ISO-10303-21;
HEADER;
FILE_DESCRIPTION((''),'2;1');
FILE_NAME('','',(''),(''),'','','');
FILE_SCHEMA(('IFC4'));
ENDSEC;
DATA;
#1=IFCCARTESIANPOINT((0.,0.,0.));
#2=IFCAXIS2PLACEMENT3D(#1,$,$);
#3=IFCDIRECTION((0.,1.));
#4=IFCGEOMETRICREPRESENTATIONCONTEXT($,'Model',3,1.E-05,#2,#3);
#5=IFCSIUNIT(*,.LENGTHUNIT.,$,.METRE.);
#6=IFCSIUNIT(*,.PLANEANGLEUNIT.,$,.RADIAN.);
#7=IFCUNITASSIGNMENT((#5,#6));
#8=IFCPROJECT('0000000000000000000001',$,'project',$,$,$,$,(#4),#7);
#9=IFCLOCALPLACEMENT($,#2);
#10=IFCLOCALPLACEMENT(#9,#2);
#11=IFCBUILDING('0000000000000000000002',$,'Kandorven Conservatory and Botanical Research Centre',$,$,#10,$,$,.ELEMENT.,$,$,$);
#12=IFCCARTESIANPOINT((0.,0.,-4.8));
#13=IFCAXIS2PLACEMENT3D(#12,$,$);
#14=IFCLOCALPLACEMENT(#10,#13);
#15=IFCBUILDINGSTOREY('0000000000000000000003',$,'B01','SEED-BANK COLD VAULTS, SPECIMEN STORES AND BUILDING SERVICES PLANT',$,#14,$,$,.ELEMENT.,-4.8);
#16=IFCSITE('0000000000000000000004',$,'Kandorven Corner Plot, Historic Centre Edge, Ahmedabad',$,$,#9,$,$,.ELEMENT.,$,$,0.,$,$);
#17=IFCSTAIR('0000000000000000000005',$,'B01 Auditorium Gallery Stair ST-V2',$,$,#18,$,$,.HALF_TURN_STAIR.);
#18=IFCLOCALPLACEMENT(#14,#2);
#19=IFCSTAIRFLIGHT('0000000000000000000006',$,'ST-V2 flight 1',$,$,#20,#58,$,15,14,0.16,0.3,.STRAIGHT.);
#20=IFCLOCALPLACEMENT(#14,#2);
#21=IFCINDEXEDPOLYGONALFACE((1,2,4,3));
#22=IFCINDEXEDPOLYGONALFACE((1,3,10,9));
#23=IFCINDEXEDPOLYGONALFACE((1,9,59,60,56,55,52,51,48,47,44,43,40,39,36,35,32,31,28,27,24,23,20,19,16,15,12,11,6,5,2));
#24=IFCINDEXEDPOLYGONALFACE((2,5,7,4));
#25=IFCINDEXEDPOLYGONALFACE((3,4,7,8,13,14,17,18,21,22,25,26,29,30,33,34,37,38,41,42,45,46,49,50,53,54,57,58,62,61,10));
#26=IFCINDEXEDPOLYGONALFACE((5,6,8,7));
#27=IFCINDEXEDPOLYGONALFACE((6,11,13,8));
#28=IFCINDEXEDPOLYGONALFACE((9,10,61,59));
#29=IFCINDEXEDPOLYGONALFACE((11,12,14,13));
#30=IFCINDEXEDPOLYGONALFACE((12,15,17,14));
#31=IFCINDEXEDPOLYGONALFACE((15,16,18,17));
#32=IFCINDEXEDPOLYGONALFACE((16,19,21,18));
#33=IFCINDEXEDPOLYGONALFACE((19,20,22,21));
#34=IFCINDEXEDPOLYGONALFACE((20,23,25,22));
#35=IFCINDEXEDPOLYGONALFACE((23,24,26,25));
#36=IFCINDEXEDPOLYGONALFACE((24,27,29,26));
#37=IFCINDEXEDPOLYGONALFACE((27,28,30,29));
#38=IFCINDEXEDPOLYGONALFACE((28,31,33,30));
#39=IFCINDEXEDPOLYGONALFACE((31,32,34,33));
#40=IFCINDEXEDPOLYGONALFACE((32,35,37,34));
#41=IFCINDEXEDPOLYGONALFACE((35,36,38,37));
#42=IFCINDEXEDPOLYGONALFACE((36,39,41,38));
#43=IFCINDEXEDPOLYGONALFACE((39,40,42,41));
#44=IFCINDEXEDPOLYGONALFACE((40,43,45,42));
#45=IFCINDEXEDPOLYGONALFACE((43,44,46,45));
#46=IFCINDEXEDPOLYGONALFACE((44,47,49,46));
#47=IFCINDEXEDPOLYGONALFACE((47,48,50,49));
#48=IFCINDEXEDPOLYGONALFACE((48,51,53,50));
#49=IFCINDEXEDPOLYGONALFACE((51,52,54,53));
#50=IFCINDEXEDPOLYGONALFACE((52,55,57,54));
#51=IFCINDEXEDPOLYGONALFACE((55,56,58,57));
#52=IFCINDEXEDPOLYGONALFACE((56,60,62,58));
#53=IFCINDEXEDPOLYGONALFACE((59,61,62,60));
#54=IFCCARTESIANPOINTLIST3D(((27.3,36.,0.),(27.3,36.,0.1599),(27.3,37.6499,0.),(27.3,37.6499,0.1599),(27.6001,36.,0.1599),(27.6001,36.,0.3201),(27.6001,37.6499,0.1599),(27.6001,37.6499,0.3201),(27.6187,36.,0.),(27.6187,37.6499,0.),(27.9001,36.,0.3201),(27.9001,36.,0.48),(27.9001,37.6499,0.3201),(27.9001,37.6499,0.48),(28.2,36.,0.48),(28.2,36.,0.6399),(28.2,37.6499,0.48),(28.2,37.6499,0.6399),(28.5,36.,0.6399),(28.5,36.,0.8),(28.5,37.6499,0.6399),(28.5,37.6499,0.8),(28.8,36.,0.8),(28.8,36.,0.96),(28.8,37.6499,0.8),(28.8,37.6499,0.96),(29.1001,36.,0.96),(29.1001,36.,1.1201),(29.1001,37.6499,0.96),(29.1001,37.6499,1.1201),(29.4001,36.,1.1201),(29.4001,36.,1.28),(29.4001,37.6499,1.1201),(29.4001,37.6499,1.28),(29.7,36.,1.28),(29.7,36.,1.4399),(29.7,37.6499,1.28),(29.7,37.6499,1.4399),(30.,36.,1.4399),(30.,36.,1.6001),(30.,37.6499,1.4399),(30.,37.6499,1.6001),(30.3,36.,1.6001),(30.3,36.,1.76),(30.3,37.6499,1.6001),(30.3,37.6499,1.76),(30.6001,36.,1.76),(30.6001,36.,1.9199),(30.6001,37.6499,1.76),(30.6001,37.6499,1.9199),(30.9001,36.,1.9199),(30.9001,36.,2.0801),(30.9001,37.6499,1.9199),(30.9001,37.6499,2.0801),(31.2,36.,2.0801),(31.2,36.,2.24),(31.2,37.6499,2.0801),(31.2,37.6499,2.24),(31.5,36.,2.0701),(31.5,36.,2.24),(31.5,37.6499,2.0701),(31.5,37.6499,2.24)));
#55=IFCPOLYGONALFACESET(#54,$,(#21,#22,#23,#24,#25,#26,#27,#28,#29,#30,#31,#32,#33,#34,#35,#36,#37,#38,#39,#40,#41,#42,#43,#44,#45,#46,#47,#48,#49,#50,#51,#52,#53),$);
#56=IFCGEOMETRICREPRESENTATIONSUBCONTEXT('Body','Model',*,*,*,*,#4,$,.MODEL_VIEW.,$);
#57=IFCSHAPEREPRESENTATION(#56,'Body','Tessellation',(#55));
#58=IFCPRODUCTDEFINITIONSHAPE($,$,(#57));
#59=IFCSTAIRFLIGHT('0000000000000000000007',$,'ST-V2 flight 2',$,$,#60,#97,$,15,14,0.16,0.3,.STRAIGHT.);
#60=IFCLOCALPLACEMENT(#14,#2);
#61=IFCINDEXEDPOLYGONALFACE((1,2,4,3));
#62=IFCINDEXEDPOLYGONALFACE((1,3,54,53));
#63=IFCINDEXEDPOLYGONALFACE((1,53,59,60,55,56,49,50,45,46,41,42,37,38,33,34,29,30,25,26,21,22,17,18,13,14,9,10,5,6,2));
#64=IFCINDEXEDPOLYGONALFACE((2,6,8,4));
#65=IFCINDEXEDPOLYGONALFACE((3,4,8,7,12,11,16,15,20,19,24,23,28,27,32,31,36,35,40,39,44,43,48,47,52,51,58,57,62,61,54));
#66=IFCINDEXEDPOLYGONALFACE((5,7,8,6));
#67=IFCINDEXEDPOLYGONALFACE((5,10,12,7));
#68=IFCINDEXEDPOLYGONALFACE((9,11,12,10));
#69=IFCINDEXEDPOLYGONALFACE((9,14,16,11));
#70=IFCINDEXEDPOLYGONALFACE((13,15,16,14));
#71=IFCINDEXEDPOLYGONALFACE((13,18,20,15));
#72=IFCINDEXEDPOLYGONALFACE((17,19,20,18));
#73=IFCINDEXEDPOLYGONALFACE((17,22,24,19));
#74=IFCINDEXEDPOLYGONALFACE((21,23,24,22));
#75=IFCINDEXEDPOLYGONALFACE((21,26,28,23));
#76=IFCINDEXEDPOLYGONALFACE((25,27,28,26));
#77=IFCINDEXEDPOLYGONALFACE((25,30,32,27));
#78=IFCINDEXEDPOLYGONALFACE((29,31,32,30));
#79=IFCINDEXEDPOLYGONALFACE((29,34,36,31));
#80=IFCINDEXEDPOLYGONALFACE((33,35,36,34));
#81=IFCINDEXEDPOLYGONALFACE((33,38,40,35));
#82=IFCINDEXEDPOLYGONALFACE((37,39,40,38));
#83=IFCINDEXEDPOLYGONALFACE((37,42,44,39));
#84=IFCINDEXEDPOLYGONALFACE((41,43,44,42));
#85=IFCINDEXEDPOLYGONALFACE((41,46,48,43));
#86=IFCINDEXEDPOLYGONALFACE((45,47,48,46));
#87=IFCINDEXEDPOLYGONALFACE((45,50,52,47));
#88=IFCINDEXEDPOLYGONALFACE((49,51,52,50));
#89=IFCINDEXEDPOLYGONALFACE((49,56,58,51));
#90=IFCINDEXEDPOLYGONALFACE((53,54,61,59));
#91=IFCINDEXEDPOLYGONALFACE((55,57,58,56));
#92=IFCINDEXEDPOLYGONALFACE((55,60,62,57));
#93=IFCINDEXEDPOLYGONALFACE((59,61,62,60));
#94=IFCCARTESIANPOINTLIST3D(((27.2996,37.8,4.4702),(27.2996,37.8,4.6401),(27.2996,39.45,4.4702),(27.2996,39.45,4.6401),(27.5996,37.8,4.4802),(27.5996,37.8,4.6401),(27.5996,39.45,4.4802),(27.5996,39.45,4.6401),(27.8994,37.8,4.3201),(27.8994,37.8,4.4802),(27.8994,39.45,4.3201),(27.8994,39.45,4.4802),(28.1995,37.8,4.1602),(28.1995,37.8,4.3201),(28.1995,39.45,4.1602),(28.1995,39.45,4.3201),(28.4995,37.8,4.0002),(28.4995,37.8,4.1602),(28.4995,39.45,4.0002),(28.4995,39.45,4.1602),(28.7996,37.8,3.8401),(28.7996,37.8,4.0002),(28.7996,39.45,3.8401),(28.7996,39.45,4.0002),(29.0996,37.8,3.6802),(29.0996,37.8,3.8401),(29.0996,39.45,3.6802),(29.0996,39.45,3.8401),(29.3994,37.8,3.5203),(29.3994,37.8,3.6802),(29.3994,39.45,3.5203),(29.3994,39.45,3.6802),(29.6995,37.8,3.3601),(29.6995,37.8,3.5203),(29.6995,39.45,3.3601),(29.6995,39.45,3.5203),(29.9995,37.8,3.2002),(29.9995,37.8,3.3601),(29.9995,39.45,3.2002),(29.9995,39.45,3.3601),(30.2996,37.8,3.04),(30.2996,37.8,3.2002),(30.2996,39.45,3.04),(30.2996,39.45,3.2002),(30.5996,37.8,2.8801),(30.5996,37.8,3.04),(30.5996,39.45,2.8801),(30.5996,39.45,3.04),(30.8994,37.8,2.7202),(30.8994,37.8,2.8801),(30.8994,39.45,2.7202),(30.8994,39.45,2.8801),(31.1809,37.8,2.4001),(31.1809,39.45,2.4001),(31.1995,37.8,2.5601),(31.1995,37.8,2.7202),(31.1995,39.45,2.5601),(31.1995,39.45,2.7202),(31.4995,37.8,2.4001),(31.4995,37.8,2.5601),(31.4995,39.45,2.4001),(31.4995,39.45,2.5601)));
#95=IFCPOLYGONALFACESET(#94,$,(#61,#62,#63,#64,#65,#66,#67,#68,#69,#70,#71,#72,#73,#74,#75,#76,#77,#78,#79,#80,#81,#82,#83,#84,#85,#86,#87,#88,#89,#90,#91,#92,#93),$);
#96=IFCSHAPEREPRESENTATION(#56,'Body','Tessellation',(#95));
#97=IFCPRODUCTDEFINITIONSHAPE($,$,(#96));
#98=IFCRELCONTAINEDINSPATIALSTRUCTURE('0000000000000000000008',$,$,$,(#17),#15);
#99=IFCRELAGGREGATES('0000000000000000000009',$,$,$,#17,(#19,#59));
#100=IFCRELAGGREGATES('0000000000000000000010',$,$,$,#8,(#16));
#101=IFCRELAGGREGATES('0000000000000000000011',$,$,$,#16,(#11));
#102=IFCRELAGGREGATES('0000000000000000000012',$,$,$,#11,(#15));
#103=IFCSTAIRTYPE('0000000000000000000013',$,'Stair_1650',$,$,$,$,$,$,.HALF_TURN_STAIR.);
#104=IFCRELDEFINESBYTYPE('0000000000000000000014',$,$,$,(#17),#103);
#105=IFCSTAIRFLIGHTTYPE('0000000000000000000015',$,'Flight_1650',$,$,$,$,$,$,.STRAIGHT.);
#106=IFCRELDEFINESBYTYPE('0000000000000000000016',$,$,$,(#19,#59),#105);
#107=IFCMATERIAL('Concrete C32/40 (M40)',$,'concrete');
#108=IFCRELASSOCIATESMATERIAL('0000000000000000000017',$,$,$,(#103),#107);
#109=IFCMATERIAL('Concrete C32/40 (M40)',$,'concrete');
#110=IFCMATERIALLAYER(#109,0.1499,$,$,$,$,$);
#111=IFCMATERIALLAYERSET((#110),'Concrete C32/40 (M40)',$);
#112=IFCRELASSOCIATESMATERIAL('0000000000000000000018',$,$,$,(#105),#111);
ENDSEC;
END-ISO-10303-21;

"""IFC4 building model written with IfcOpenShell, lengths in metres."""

from ifc_helpers import new_model, si_unit, direction, frame, origin, place, context, subcontext, project, spatial, polyline, outline, extrude, material, layer, layer_set, type_object, element, aggregate, save


model = new_model("IFC4")

# Units and contexts
model_context = context("Model", 3, precision=1e-05, world=origin(), true_north=direction((0.0, 1.0)))
body_context = subcontext(model_context, "Body", "Model", "MODEL_VIEW")
ifc_project = project(units=[si_unit("LENGTHUNIT", "METRE"), si_unit("PLANEANGLEUNIT", "RADIAN")], contexts=[model_context])

# Site, building, storey
site_placement = place(None, origin())
site = spatial("IfcSite", under=ifc_project, at=site_placement, Name="Kandorven Corner Plot, Historic Centre Edge, Ahmedabad", CompositionType="ELEMENT", RefElevation=0.0)
building_placement = place(site_placement, origin())
building = spatial("IfcBuilding", under=site, at=building_placement, Name="Kandorven Conservatory and Botanical Research Centre", CompositionType="ELEMENT")
storey_placement = place(building_placement, frame((0.0, 0.0, -4.8)))
storey = spatial("IfcBuildingStorey", under=building, at=storey_placement, Name="B01", Description="SEED-BANK COLD VAULTS, SPECIMEN STORES AND BUILDING SERVICES PLANT", CompositionType="ELEMENT", Elevation=-4.8)

# Stair, stair flights
ifc_material_1 = material(Name="Concrete C32/40 (M40)", Category="concrete")
stair_type = type_object("IfcStairType", Name="Stair_1650", PredefinedType="HALF_TURN_STAIR", material=ifc_material_1)
stair_placement = place(storey_placement, origin())
stair = element("IfcStair", 1, at=stair_placement, inside=storey, type_object=stair_type, Name="B01 Auditorium Gallery Stair ST-V2", PredefinedType="HALF_TURN_STAIR")
ifc_material_2 = material(Name="Concrete C32/40 (M40)", Category="concrete")
ifc_layer_1 = layer(ifc_material_2, 0.1499)
ifc_layer_set_1 = layer_set([ifc_layer_1], Name="Concrete C32/40 (M40)")
stair_flight_type = type_object("IfcStairFlightType", Name="Flight_1650", PredefinedType="STRAIGHT", material=ifc_layer_set_1)
stair_flight_1_placement = place(storey_placement, frame((27.3, 36.825, 0.0), z_axis=(0.0, 0.0, 1.0), x_axis=(1.0, 0.0, 0.0)))
stair_flight_1 = element("IfcStairFlight", 2, at=stair_flight_1_placement, type_object=stair_flight_type, Name="ST-V2 flight 1", NumberOfRisers=15, NumberOfTreads=14, PredefinedType="STRAIGHT", RiserHeight=0.16, TreadLength=0.3, context=body_context, shape_type="SweptSolid", body=[
    extrude(outline(polyline([(0.0, 0.0), (0.0, 0.1599), (0.3, 0.1599), (0.3, 0.3201), (0.6001, 0.3201), (0.6001, 0.48), (0.8999, 0.48), (0.8999, 0.6399), (1.2, 0.6399), (1.2, 0.8), (1.5, 0.8), (1.5, 0.96), (1.8, 0.96), (1.8, 1.1201), (2.1001, 1.1201), (2.1001, 1.28), (2.3999, 1.28), (2.3999, 1.4399), (2.7, 1.4399), (2.7, 1.6001), (3.0, 1.6001), (3.0, 1.76), (3.3, 1.76), (3.3, 1.9199), (3.6001, 1.9199), (3.6001, 2.0801), (3.8999, 2.0801), (3.8999, 2.24), (4.2, 2.24), (4.2, 2.3999), (4.2, 2.0701), (0.3186, 0.0), (0.0, 0.0)])), frame((0.0, 0.825, 0.0), z_axis=(0.0, -1.0, 0.0), x_axis=(1.0, 0.0, 0.0)), (0.0, 0.0, 1.0), 1.6499),
])
stair_flight_2_placement = place(storey_placement, frame((31.4995, 38.625, 2.4001), z_axis=(0.0, 0.0, 1.0), x_axis=(-1.0, 0.0, 0.0)))
stair_flight_2 = element("IfcStairFlight", 3, at=stair_flight_2_placement, type_object=stair_flight_type, Name="ST-V2 flight 2", NumberOfRisers=15, NumberOfTreads=14, PredefinedType="STRAIGHT", RiserHeight=0.16, TreadLength=0.3, context=body_context, shape_type="SweptSolid", body=[
    extrude(outline(polyline([(0.0, 0.0), (0.0, 0.1599), (0.3, 0.1599), (0.3, 0.3201), (0.6001, 0.3201), (0.6001, 0.48), (0.8999, 0.48), (0.8999, 0.6399), (1.2, 0.6399), (1.2, 0.8), (1.5, 0.8), (1.5, 0.96), (1.8, 0.96), (1.8, 1.1201), (2.1001, 1.1201), (2.1001, 1.28), (2.3999, 1.28), (2.3999, 1.4399), (2.7, 1.4399), (2.7, 1.6001), (3.0, 1.6001), (3.0, 1.76), (3.3, 1.76), (3.3, 1.9199), (3.6001, 1.9199), (3.6001, 2.0801), (3.8999, 2.0801), (3.8999, 2.24), (4.2, 2.24), (4.2, 2.3999), (4.2, 2.0701), (0.3186, 0.0), (0.0, 0.0)])), frame((0.0, 0.825, 0.0), z_axis=(0.0, -1.0, 0.0), x_axis=(1.0, 0.0, 0.0)), (0.0, 0.0, 1.0), 1.6499),
])
aggregate(stair, [stair_flight_1, stair_flight_2])

save(model, "model.ifc")
